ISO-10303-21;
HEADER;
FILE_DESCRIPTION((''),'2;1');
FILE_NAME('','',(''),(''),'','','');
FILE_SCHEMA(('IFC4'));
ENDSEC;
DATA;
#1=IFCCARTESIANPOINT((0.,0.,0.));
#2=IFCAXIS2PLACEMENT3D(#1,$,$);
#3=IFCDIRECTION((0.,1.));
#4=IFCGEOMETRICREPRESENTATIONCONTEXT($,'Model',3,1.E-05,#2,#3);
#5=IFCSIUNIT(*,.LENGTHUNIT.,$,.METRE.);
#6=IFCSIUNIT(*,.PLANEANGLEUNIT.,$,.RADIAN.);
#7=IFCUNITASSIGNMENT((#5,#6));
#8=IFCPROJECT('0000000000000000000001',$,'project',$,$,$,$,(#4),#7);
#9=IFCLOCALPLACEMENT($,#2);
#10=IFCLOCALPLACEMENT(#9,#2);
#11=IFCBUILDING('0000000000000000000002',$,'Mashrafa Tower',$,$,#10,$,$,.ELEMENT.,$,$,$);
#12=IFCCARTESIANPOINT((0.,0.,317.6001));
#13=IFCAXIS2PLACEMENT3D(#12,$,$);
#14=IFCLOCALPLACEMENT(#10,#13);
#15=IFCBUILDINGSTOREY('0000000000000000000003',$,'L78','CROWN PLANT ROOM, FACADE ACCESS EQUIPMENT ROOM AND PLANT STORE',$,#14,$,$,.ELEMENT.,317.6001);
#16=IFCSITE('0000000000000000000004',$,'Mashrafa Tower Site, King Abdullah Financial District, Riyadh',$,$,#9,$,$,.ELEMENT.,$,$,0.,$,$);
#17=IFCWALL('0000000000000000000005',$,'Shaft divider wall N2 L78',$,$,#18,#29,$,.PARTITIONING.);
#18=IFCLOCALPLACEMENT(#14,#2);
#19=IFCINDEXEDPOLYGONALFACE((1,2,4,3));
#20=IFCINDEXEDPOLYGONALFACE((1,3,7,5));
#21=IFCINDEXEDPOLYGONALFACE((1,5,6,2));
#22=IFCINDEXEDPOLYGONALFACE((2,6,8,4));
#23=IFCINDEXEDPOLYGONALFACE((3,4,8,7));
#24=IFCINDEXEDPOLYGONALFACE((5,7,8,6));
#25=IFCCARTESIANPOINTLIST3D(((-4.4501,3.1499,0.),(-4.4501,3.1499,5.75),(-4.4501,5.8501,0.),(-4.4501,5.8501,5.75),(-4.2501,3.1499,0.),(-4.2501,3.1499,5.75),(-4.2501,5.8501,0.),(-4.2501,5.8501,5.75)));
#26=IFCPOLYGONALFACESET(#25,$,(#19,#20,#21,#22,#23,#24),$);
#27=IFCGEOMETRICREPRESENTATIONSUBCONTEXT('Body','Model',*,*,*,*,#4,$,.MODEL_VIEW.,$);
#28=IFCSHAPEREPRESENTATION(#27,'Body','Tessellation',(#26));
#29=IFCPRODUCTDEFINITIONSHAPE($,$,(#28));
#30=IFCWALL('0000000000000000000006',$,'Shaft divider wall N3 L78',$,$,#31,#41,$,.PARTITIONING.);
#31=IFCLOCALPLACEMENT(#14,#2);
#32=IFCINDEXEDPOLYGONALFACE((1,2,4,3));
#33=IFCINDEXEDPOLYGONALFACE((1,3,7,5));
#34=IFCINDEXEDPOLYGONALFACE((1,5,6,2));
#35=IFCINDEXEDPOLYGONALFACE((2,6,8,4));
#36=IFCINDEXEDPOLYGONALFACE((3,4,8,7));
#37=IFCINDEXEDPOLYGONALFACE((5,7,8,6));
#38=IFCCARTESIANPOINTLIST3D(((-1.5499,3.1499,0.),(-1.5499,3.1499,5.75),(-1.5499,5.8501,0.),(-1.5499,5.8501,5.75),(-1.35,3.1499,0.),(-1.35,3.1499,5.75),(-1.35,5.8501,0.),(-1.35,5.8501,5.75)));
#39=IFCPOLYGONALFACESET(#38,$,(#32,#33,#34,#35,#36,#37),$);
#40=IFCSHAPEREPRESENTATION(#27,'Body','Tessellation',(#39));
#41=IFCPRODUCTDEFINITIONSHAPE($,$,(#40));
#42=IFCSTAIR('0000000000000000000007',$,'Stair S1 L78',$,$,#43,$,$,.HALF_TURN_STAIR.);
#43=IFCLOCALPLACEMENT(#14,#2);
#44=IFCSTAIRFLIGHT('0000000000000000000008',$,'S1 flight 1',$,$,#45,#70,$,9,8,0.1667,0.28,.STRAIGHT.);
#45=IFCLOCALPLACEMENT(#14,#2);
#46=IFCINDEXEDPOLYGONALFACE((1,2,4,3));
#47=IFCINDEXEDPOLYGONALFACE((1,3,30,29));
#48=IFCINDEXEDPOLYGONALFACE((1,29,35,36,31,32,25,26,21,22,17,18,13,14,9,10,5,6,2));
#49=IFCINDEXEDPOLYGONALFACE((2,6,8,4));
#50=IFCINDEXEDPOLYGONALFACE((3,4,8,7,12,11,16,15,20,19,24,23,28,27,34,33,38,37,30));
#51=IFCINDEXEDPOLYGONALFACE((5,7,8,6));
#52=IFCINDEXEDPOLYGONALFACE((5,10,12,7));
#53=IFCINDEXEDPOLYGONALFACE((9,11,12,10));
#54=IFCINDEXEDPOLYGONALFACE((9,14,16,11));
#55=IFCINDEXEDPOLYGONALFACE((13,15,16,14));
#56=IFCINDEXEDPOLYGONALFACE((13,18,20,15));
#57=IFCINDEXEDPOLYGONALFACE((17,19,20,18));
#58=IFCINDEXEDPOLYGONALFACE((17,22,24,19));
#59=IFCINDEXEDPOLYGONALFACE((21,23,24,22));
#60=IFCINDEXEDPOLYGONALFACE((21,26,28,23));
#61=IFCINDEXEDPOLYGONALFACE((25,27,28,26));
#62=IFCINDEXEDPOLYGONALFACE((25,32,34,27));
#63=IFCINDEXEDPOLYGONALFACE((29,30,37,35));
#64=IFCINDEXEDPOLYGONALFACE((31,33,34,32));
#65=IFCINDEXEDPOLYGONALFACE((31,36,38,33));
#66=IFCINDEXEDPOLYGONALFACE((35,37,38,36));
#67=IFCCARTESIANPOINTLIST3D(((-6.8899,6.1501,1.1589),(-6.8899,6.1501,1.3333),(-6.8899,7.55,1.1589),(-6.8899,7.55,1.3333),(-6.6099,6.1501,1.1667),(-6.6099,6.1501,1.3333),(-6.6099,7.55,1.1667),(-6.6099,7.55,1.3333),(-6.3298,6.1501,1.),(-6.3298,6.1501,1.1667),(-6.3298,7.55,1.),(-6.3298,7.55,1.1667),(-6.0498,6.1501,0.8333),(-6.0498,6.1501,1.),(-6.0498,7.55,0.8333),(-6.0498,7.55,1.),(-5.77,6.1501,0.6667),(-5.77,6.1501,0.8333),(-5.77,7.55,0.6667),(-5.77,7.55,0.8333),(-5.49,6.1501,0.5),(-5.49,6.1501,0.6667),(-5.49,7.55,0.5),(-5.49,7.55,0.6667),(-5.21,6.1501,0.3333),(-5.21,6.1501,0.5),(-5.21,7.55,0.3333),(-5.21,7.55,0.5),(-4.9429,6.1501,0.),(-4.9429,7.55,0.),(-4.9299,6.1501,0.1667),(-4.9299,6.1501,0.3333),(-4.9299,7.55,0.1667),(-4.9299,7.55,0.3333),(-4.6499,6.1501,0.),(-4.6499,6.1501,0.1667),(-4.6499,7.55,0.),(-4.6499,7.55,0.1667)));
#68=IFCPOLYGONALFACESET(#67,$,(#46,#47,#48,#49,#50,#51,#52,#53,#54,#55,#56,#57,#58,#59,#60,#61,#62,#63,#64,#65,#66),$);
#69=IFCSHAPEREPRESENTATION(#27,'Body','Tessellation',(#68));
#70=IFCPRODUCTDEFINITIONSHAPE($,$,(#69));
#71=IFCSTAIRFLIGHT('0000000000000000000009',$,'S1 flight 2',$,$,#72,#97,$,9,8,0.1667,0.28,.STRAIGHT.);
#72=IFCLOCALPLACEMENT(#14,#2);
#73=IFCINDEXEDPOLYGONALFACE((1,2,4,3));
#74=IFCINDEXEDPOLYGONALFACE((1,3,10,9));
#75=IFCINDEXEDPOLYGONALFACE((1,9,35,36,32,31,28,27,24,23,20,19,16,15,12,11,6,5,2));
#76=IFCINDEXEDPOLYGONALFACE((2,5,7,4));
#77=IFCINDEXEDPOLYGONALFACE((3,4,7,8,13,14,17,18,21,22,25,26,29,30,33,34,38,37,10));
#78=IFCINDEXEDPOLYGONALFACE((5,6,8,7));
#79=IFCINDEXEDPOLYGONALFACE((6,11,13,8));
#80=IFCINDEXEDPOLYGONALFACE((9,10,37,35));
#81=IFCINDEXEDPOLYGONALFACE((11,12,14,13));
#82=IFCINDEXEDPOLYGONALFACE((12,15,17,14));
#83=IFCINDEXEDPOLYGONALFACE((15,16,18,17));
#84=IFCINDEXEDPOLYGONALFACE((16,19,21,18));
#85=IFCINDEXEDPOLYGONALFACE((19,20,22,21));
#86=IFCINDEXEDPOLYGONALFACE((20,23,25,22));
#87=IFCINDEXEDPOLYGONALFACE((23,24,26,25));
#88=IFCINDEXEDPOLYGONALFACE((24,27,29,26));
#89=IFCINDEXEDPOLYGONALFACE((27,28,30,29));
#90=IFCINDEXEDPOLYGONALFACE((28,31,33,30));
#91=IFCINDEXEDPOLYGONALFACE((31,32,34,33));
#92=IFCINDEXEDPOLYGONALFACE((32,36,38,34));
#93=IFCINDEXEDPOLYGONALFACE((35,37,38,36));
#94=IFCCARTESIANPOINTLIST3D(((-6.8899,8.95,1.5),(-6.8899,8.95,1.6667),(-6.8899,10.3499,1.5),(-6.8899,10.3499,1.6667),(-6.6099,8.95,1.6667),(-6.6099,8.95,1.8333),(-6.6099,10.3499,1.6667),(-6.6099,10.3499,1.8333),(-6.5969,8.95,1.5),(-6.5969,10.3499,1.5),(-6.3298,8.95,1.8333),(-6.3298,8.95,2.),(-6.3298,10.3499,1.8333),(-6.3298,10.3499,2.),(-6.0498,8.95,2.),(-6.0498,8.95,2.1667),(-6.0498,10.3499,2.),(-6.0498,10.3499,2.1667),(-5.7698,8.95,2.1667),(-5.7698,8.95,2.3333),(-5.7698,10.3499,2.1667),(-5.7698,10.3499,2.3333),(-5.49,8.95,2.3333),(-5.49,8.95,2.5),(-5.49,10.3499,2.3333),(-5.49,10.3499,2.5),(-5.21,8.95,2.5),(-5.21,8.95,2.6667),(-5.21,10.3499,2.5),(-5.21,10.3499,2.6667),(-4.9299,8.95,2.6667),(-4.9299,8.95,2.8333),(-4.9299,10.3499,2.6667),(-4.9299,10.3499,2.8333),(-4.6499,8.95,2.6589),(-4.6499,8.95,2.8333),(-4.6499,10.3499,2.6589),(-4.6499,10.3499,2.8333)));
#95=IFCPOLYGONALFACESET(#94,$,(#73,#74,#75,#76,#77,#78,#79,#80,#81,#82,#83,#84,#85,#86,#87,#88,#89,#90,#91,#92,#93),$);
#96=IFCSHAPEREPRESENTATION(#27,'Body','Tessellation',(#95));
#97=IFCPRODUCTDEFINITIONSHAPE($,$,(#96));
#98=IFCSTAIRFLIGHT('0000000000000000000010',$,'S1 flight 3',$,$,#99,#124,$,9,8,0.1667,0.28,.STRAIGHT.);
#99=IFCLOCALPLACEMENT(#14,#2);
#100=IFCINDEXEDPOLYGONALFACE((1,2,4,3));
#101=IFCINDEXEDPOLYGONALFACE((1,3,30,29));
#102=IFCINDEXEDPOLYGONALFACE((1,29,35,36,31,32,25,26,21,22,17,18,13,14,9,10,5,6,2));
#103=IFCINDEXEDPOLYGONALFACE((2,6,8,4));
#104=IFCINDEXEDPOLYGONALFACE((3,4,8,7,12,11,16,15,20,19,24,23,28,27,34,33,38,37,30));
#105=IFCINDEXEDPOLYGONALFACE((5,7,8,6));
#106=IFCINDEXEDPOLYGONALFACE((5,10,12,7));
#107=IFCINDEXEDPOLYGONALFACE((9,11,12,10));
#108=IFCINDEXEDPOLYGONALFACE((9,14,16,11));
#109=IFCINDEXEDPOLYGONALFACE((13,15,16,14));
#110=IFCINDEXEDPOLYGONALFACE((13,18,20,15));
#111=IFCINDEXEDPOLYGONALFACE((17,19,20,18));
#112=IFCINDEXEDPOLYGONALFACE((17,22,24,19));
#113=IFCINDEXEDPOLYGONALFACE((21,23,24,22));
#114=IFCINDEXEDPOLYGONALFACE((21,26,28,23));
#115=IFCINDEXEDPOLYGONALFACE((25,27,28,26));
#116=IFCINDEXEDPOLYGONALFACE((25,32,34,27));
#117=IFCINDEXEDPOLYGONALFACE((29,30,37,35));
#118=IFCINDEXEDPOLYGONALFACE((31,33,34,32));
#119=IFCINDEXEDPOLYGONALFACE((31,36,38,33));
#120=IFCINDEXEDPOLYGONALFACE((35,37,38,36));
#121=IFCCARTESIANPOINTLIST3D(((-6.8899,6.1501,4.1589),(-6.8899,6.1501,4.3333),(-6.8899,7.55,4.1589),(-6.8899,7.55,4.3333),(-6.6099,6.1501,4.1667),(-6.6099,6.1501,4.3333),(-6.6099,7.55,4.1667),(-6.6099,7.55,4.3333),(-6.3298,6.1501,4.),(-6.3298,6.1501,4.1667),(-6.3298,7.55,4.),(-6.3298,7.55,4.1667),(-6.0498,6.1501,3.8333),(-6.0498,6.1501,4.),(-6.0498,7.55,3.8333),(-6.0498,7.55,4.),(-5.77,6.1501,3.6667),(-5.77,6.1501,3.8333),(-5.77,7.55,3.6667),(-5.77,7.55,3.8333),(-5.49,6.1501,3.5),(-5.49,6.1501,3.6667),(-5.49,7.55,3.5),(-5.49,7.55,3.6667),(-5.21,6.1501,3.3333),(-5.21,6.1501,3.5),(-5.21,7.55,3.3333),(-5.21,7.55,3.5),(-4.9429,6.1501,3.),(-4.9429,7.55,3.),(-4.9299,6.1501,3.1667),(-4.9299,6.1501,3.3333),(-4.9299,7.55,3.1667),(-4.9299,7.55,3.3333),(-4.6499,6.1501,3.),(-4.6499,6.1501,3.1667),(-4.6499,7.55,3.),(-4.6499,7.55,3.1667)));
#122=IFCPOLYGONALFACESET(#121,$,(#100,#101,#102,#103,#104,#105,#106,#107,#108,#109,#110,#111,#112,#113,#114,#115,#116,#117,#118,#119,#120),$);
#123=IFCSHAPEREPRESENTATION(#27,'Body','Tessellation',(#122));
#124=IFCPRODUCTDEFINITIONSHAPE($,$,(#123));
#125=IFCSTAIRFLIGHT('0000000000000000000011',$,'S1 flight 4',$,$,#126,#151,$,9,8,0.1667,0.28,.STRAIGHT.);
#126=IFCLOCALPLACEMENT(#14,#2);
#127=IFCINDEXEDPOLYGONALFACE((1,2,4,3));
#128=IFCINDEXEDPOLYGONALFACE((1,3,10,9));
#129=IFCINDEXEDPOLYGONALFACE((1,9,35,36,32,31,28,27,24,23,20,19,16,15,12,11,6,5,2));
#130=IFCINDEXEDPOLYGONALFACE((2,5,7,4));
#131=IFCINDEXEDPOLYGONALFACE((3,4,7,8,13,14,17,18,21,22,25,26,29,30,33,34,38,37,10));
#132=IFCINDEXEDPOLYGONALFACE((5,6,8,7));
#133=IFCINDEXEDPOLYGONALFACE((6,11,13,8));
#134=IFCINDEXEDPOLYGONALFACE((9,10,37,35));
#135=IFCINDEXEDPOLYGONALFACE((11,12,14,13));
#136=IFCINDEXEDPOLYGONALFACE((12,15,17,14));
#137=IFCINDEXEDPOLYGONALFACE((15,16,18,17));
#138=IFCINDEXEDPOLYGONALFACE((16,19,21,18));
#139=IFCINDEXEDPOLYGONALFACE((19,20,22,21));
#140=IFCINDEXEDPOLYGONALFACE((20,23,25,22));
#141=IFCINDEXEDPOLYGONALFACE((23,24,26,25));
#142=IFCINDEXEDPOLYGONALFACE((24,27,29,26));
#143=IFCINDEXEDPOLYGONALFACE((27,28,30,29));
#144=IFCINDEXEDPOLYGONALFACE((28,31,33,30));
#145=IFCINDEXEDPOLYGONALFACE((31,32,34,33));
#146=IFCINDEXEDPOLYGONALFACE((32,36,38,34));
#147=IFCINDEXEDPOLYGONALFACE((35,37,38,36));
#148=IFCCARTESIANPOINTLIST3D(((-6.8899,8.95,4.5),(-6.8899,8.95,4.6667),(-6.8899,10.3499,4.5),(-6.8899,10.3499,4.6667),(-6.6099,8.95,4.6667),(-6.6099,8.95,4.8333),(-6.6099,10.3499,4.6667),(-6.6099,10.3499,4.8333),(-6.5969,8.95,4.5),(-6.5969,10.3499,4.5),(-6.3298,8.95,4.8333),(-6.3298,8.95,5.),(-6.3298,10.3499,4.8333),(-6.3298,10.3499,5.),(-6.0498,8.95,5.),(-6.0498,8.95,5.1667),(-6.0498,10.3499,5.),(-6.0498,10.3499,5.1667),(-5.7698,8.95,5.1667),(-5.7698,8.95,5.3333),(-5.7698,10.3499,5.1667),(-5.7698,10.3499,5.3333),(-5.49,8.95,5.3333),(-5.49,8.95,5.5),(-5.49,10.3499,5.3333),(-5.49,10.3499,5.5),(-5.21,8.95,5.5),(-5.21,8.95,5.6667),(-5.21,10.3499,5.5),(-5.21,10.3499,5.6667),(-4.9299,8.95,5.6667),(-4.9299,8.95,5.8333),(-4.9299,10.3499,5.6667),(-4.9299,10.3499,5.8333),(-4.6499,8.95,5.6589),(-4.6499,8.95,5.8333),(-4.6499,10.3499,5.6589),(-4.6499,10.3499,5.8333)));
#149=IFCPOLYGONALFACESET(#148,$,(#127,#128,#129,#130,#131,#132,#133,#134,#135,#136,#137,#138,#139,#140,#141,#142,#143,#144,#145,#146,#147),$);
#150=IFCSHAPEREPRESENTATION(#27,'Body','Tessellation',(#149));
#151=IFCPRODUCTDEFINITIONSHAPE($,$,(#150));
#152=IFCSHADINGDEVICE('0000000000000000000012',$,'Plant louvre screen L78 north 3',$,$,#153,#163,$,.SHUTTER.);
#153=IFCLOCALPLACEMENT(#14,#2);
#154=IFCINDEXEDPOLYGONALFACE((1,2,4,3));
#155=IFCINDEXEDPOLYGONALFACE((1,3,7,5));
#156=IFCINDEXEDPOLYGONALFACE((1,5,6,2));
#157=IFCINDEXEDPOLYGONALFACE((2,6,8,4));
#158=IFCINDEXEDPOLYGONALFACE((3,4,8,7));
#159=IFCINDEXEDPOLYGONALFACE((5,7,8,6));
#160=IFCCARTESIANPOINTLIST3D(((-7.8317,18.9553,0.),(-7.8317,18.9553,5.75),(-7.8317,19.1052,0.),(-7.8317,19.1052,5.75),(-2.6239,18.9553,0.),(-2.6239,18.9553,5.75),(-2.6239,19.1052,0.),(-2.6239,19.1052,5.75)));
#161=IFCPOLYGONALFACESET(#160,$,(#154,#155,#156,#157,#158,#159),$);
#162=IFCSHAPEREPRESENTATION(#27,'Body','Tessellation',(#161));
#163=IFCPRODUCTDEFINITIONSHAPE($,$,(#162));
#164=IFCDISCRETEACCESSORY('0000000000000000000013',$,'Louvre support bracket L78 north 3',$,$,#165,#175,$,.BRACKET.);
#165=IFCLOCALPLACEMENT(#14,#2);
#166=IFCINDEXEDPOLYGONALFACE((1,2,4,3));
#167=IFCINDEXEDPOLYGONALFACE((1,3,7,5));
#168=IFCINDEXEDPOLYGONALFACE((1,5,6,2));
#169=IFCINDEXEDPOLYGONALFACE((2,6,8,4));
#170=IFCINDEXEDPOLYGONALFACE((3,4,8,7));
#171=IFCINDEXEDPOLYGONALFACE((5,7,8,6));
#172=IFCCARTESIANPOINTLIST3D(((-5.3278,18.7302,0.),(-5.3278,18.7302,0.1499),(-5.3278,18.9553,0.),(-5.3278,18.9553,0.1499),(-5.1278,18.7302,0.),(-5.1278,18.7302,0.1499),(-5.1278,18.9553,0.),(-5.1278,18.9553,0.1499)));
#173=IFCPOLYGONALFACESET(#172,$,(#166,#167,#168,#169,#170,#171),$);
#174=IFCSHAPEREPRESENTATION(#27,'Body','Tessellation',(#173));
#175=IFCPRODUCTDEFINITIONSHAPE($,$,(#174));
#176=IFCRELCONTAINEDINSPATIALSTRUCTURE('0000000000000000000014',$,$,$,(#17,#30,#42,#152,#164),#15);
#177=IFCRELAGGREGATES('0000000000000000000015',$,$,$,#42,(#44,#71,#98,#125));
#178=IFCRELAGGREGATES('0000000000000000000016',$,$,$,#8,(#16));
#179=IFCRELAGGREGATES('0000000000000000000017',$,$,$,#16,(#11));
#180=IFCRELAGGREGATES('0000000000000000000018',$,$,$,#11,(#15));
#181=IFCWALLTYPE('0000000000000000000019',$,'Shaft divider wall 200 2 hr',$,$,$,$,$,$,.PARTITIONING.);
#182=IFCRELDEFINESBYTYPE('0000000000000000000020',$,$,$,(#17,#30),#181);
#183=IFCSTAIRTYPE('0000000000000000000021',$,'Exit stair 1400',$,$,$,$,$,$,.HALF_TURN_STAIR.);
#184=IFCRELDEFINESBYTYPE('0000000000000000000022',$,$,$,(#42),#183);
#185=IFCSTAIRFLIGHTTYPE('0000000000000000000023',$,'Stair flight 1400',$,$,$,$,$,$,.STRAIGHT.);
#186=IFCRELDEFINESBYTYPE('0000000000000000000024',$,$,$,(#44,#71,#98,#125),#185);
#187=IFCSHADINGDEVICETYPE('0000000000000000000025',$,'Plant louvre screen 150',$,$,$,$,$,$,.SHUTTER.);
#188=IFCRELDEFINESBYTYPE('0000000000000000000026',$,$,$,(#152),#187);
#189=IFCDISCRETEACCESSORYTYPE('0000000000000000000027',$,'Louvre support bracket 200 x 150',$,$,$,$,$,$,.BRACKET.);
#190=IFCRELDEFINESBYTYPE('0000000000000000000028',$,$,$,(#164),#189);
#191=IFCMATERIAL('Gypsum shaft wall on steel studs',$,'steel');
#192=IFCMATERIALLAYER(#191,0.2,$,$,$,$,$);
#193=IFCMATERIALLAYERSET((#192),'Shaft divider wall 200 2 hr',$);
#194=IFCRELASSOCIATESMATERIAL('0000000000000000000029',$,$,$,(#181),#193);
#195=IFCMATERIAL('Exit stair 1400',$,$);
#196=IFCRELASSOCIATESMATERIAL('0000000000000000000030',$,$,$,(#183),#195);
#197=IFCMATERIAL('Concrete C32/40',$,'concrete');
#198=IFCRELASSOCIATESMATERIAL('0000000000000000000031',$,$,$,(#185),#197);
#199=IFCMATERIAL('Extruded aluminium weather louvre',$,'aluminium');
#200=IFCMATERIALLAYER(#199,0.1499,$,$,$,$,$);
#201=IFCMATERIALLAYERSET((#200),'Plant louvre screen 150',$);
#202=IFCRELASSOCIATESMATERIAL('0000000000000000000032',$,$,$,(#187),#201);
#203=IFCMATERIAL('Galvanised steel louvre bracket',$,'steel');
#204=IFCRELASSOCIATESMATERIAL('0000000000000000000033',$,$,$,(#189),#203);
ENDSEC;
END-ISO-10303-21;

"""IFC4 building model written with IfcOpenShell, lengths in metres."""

from ifc_helpers import new_model, si_unit, direction, frame, frame_2d, origin, origin_2d, place, context, subcontext, project, spatial, polyline, rectangle, outline, extrude, source, transform, mapped, material, layer, layer_set, type_object, type_shapes, element, aggregate, save


model = new_model("IFC4")

# Units and contexts
model_context = context("Model", 3, precision=1e-05, world=origin(), true_north=direction((0.0, 1.0)))
body_context = subcontext(model_context, "Body", "Model", "MODEL_VIEW")
ifc_project = project(units=[si_unit("LENGTHUNIT", "METRE"), si_unit("PLANEANGLEUNIT", "RADIAN")], contexts=[model_context])

# Site, building, storey
site_placement = place(None, origin())
site = spatial("IfcSite", under=ifc_project, at=site_placement, Name="Mashrafa Tower Site, King Abdullah Financial District, Riyadh", CompositionType="ELEMENT", RefElevation=0.0)
building_placement = place(site_placement, origin())
building = spatial("IfcBuilding", under=site, at=building_placement, Name="Mashrafa Tower", CompositionType="ELEMENT")
storey_placement = place(building_placement, frame((0.0, 0.0, 317.6001)))
storey = spatial("IfcBuildingStorey", under=building, at=storey_placement, Name="L78", Description="CROWN PLANT ROOM, FACADE ACCESS EQUIPMENT ROOM AND PLANT STORE", CompositionType="ELEMENT", Elevation=317.6001)

# Walls
ifc_material_1 = material(Name="Gypsum shaft wall on steel studs", Category="steel")
ifc_layer_1 = layer(ifc_material_1, 0.2)
ifc_layer_set_1 = layer_set([ifc_layer_1], Name="Shaft divider wall 200 2 hr")
wall_type_1 = type_object("IfcWallType", Name="Shaft divider wall 200 2 hr", PredefinedType="PARTITIONING", material=ifc_layer_set_1)
for number, where, z_axis, x_axis, name in (
    (1, (-4.3501, 3.1499, 0.0), (0.0, 0.0, 1.0), (0.0, 1.0, 0.0), "Shaft divider wall N2 L78"),
    (2, (-1.45, 3.1499, 0.0), (0.0, 0.0, 1.0), (0.0, 1.0, 0.0), "Shaft divider wall N3 L78"),
):
    element("IfcWall", number, at=place(storey_placement, frame(where, z_axis=z_axis, x_axis=x_axis)), inside=storey, type_object=wall_type_1, Name=name, PredefinedType="PARTITIONING", context=body_context, shape_type="SweptSolid", body=[
        extrude(rectangle(XDim=2.7002, YDim=0.2, at=frame_2d((1.3501, 0.0))), origin(), (0.0, 0.0, 1.0), 5.75),
    ])

# Stair, stair flights
ifc_material_2 = material(Name="Exit stair 1400")
stair_type = type_object("IfcStairType", Name="Exit stair 1400", PredefinedType="HALF_TURN_STAIR", material=ifc_material_2)
stair_placement = place(storey_placement, origin())
stair = element("IfcStair", 3, at=stair_placement, inside=storey, type_object=stair_type, Name="Stair S1 L78", PredefinedType="HALF_TURN_STAIR")
ifc_material_3 = material(Name="Concrete C32/40", Category="concrete")
stair_flight_type = type_object("IfcStairFlightType", Name="Stair flight 1400", PredefinedType="STRAIGHT", material=ifc_material_3)
stair_flight_1_placement = place(storey_placement, frame((-4.6499, 6.8501, 0.0), z_axis=(0.0, 0.0, 1.0), x_axis=(-1.0, 0.0, 0.0)))
stair_flight_1 = element("IfcStairFlight", 4, at=stair_flight_1_placement, type_object=stair_flight_type, Name="S1 flight 1", NumberOfRisers=9, NumberOfTreads=8, PredefinedType="STRAIGHT", RiserHeight=0.1667, TreadLength=0.28, context=body_context, shape_type="SweptSolid", body=[
    extrude(outline(polyline([(0.0, 0.0), (0.0, 0.1667), (0.28, 0.1667), (0.28, 0.3333), (0.5601, 0.3333), (0.5601, 0.5), (0.8401, 0.5), (0.8401, 0.6667), (1.1201, 0.6667), (1.1201, 0.8333), (1.3999, 0.8333), (1.3999, 1.0), (1.6799, 1.0), (1.6799, 1.1667), (1.96, 1.1667), (1.96, 1.3333), (2.24, 1.3333), (2.24, 1.5), (2.24, 1.1589), (0.293, 0.0), (0.0, 0.0)])), frame((0.0, 0.7, 0.0), z_axis=(0.0, -1.0, 0.0), x_axis=(1.0, 0.0, 0.0)), (0.0, 0.0, 1.0), 1.3999),
])
stair_flight_2_placement = place(storey_placement, frame((-6.8899, 9.6499, 1.5), z_axis=(0.0, 0.0, 1.0), x_axis=(1.0, 0.0, 0.0)))
stair_flight_2 = element("IfcStairFlight", 5, at=stair_flight_2_placement, type_object=stair_flight_type, Name="S1 flight 2", NumberOfRisers=9, NumberOfTreads=8, PredefinedType="STRAIGHT", RiserHeight=0.1667, TreadLength=0.28, context=body_context, shape_type="SweptSolid", body=[
    extrude(outline(polyline([(0.0, 0.0), (0.0, 0.1667), (0.28, 0.1667), (0.28, 0.3333), (0.5601, 0.3333), (0.5601, 0.5), (0.8401, 0.5), (0.8401, 0.6667), (1.1201, 0.6667), (1.1201, 0.8333), (1.3999, 0.8333), (1.3999, 1.0), (1.6799, 1.0), (1.6799, 1.1667), (1.96, 1.1667), (1.96, 1.3333), (2.24, 1.3333), (2.24, 1.5), (2.24, 1.1589), (0.293, 0.0), (0.0, 0.0)])), frame((0.0, 0.7, 0.0), z_axis=(0.0, -1.0, 0.0), x_axis=(1.0, 0.0, 0.0)), (0.0, 0.0, 1.0), 1.3999),
])
stair_flight_3_placement = place(storey_placement, frame((-4.6499, 6.8501, 3.0), z_axis=(0.0, 0.0, 1.0), x_axis=(-1.0, 0.0, 0.0)))
stair_flight_3 = element("IfcStairFlight", 6, at=stair_flight_3_placement, type_object=stair_flight_type, Name="S1 flight 3", NumberOfRisers=9, NumberOfTreads=8, PredefinedType="STRAIGHT", RiserHeight=0.1667, TreadLength=0.28, context=body_context, shape_type="SweptSolid", body=[
    extrude(outline(polyline([(0.0, 0.0), (0.0, 0.1667), (0.28, 0.1667), (0.28, 0.3333), (0.5601, 0.3333), (0.5601, 0.5), (0.8401, 0.5), (0.8401, 0.6667), (1.1201, 0.6667), (1.1201, 0.8333), (1.3999, 0.8333), (1.3999, 1.0), (1.6799, 1.0), (1.6799, 1.1667), (1.96, 1.1667), (1.96, 1.3333), (2.24, 1.3333), (2.24, 1.5), (2.24, 1.1589), (0.293, 0.0), (0.0, 0.0)])), frame((0.0, 0.7, 0.0), z_axis=(0.0, -1.0, 0.0), x_axis=(1.0, 0.0, 0.0)), (0.0, 0.0, 1.0), 1.3999),
])
stair_flight_4_placement = place(storey_placement, frame((-6.8899, 9.6499, 4.5), z_axis=(0.0, 0.0, 1.0), x_axis=(1.0, 0.0, 0.0)))
stair_flight_4 = element("IfcStairFlight", 7, at=stair_flight_4_placement, type_object=stair_flight_type, Name="S1 flight 4", NumberOfRisers=9, NumberOfTreads=8, PredefinedType="STRAIGHT", RiserHeight=0.1667, TreadLength=0.28, context=body_context, shape_type="SweptSolid", body=[
    extrude(outline(polyline([(0.0, 0.0), (0.0, 0.1667), (0.28, 0.1667), (0.28, 0.3333), (0.5601, 0.3333), (0.5601, 0.5), (0.8401, 0.5), (0.8401, 0.6667), (1.1201, 0.6667), (1.1201, 0.8333), (1.3999, 0.8333), (1.3999, 1.0), (1.6799, 1.0), (1.6799, 1.1667), (1.96, 1.1667), (1.96, 1.3333), (2.24, 1.3333), (2.24, 1.5), (2.24, 1.1589), (0.293, 0.0), (0.0, 0.0)])), frame((0.0, 0.7, 0.0), z_axis=(0.0, -1.0, 0.0), x_axis=(1.0, 0.0, 0.0)), (0.0, 0.0, 1.0), 1.3999),
])
aggregate(stair, [stair_flight_1, stair_flight_2, stair_flight_3, stair_flight_4])

# Shading device
ifc_material_4 = material(Name="Extruded aluminium weather louvre", Category="aluminium")
ifc_layer_2 = layer(ifc_material_4, 0.1499)
ifc_layer_set_2 = layer_set([ifc_layer_2], Name="Plant louvre screen 150")
shading_device_type = type_object("IfcShadingDeviceType", Name="Plant louvre screen 150", PredefinedType="SHUTTER", material=ifc_layer_set_2)
shared_shape_1 = source(origin(), body_context, "Body", "SweptSolid", [
    extrude(rectangle(XDim=5.2078, YDim=0.1499, at=origin_2d()), origin(), (0.0, 0.0, 1.0), 5.75),
])
type_shapes(shading_device_type, [shared_shape_1])
shading_device_placement = place(storey_placement, frame((-5.2278, 19.0303, 0.0), z_axis=(0.0, 0.0, 1.0), x_axis=(-1.0, 0.0, 0.0)))
element("IfcShadingDevice", 8, at=shading_device_placement, inside=storey, type_object=shading_device_type, Name="Plant louvre screen L78 north 3", PredefinedType="SHUTTER", context=body_context, shape_type="MappedRepresentation", body=[
    mapped(shared_shape_1, transform((0.0, 0.0, 0.0))),
])

# Discrete accessory
ifc_material_5 = material(Name="Galvanised steel louvre bracket", Category="steel")
discrete_accessory_type = type_object("IfcDiscreteAccessoryType", Name="Louvre support bracket 200 x 150", PredefinedType="BRACKET", material=ifc_material_5)
shared_shape_2 = source(origin(), body_context, "Body", "SweptSolid", [
    extrude(rectangle(XDim=0.2, YDim=0.2251, at=origin_2d()), origin(), (0.0, 0.0, 1.0), 0.1499),
])
type_shapes(discrete_accessory_type, [shared_shape_2])
discrete_accessory_placement = place(storey_placement, frame((-5.2278, 18.8428, 0.0), z_axis=(0.0, 0.0, 1.0), x_axis=(-1.0, 0.0, 0.0)))
element("IfcDiscreteAccessory", 9, at=discrete_accessory_placement, inside=storey, type_object=discrete_accessory_type, Name="Louvre support bracket L78 north 3", PredefinedType="BRACKET", context=body_context, shape_type="MappedRepresentation", body=[
    mapped(shared_shape_2, transform((0.0, 0.0, 0.0))),
])

save(model, "model.ifc")
